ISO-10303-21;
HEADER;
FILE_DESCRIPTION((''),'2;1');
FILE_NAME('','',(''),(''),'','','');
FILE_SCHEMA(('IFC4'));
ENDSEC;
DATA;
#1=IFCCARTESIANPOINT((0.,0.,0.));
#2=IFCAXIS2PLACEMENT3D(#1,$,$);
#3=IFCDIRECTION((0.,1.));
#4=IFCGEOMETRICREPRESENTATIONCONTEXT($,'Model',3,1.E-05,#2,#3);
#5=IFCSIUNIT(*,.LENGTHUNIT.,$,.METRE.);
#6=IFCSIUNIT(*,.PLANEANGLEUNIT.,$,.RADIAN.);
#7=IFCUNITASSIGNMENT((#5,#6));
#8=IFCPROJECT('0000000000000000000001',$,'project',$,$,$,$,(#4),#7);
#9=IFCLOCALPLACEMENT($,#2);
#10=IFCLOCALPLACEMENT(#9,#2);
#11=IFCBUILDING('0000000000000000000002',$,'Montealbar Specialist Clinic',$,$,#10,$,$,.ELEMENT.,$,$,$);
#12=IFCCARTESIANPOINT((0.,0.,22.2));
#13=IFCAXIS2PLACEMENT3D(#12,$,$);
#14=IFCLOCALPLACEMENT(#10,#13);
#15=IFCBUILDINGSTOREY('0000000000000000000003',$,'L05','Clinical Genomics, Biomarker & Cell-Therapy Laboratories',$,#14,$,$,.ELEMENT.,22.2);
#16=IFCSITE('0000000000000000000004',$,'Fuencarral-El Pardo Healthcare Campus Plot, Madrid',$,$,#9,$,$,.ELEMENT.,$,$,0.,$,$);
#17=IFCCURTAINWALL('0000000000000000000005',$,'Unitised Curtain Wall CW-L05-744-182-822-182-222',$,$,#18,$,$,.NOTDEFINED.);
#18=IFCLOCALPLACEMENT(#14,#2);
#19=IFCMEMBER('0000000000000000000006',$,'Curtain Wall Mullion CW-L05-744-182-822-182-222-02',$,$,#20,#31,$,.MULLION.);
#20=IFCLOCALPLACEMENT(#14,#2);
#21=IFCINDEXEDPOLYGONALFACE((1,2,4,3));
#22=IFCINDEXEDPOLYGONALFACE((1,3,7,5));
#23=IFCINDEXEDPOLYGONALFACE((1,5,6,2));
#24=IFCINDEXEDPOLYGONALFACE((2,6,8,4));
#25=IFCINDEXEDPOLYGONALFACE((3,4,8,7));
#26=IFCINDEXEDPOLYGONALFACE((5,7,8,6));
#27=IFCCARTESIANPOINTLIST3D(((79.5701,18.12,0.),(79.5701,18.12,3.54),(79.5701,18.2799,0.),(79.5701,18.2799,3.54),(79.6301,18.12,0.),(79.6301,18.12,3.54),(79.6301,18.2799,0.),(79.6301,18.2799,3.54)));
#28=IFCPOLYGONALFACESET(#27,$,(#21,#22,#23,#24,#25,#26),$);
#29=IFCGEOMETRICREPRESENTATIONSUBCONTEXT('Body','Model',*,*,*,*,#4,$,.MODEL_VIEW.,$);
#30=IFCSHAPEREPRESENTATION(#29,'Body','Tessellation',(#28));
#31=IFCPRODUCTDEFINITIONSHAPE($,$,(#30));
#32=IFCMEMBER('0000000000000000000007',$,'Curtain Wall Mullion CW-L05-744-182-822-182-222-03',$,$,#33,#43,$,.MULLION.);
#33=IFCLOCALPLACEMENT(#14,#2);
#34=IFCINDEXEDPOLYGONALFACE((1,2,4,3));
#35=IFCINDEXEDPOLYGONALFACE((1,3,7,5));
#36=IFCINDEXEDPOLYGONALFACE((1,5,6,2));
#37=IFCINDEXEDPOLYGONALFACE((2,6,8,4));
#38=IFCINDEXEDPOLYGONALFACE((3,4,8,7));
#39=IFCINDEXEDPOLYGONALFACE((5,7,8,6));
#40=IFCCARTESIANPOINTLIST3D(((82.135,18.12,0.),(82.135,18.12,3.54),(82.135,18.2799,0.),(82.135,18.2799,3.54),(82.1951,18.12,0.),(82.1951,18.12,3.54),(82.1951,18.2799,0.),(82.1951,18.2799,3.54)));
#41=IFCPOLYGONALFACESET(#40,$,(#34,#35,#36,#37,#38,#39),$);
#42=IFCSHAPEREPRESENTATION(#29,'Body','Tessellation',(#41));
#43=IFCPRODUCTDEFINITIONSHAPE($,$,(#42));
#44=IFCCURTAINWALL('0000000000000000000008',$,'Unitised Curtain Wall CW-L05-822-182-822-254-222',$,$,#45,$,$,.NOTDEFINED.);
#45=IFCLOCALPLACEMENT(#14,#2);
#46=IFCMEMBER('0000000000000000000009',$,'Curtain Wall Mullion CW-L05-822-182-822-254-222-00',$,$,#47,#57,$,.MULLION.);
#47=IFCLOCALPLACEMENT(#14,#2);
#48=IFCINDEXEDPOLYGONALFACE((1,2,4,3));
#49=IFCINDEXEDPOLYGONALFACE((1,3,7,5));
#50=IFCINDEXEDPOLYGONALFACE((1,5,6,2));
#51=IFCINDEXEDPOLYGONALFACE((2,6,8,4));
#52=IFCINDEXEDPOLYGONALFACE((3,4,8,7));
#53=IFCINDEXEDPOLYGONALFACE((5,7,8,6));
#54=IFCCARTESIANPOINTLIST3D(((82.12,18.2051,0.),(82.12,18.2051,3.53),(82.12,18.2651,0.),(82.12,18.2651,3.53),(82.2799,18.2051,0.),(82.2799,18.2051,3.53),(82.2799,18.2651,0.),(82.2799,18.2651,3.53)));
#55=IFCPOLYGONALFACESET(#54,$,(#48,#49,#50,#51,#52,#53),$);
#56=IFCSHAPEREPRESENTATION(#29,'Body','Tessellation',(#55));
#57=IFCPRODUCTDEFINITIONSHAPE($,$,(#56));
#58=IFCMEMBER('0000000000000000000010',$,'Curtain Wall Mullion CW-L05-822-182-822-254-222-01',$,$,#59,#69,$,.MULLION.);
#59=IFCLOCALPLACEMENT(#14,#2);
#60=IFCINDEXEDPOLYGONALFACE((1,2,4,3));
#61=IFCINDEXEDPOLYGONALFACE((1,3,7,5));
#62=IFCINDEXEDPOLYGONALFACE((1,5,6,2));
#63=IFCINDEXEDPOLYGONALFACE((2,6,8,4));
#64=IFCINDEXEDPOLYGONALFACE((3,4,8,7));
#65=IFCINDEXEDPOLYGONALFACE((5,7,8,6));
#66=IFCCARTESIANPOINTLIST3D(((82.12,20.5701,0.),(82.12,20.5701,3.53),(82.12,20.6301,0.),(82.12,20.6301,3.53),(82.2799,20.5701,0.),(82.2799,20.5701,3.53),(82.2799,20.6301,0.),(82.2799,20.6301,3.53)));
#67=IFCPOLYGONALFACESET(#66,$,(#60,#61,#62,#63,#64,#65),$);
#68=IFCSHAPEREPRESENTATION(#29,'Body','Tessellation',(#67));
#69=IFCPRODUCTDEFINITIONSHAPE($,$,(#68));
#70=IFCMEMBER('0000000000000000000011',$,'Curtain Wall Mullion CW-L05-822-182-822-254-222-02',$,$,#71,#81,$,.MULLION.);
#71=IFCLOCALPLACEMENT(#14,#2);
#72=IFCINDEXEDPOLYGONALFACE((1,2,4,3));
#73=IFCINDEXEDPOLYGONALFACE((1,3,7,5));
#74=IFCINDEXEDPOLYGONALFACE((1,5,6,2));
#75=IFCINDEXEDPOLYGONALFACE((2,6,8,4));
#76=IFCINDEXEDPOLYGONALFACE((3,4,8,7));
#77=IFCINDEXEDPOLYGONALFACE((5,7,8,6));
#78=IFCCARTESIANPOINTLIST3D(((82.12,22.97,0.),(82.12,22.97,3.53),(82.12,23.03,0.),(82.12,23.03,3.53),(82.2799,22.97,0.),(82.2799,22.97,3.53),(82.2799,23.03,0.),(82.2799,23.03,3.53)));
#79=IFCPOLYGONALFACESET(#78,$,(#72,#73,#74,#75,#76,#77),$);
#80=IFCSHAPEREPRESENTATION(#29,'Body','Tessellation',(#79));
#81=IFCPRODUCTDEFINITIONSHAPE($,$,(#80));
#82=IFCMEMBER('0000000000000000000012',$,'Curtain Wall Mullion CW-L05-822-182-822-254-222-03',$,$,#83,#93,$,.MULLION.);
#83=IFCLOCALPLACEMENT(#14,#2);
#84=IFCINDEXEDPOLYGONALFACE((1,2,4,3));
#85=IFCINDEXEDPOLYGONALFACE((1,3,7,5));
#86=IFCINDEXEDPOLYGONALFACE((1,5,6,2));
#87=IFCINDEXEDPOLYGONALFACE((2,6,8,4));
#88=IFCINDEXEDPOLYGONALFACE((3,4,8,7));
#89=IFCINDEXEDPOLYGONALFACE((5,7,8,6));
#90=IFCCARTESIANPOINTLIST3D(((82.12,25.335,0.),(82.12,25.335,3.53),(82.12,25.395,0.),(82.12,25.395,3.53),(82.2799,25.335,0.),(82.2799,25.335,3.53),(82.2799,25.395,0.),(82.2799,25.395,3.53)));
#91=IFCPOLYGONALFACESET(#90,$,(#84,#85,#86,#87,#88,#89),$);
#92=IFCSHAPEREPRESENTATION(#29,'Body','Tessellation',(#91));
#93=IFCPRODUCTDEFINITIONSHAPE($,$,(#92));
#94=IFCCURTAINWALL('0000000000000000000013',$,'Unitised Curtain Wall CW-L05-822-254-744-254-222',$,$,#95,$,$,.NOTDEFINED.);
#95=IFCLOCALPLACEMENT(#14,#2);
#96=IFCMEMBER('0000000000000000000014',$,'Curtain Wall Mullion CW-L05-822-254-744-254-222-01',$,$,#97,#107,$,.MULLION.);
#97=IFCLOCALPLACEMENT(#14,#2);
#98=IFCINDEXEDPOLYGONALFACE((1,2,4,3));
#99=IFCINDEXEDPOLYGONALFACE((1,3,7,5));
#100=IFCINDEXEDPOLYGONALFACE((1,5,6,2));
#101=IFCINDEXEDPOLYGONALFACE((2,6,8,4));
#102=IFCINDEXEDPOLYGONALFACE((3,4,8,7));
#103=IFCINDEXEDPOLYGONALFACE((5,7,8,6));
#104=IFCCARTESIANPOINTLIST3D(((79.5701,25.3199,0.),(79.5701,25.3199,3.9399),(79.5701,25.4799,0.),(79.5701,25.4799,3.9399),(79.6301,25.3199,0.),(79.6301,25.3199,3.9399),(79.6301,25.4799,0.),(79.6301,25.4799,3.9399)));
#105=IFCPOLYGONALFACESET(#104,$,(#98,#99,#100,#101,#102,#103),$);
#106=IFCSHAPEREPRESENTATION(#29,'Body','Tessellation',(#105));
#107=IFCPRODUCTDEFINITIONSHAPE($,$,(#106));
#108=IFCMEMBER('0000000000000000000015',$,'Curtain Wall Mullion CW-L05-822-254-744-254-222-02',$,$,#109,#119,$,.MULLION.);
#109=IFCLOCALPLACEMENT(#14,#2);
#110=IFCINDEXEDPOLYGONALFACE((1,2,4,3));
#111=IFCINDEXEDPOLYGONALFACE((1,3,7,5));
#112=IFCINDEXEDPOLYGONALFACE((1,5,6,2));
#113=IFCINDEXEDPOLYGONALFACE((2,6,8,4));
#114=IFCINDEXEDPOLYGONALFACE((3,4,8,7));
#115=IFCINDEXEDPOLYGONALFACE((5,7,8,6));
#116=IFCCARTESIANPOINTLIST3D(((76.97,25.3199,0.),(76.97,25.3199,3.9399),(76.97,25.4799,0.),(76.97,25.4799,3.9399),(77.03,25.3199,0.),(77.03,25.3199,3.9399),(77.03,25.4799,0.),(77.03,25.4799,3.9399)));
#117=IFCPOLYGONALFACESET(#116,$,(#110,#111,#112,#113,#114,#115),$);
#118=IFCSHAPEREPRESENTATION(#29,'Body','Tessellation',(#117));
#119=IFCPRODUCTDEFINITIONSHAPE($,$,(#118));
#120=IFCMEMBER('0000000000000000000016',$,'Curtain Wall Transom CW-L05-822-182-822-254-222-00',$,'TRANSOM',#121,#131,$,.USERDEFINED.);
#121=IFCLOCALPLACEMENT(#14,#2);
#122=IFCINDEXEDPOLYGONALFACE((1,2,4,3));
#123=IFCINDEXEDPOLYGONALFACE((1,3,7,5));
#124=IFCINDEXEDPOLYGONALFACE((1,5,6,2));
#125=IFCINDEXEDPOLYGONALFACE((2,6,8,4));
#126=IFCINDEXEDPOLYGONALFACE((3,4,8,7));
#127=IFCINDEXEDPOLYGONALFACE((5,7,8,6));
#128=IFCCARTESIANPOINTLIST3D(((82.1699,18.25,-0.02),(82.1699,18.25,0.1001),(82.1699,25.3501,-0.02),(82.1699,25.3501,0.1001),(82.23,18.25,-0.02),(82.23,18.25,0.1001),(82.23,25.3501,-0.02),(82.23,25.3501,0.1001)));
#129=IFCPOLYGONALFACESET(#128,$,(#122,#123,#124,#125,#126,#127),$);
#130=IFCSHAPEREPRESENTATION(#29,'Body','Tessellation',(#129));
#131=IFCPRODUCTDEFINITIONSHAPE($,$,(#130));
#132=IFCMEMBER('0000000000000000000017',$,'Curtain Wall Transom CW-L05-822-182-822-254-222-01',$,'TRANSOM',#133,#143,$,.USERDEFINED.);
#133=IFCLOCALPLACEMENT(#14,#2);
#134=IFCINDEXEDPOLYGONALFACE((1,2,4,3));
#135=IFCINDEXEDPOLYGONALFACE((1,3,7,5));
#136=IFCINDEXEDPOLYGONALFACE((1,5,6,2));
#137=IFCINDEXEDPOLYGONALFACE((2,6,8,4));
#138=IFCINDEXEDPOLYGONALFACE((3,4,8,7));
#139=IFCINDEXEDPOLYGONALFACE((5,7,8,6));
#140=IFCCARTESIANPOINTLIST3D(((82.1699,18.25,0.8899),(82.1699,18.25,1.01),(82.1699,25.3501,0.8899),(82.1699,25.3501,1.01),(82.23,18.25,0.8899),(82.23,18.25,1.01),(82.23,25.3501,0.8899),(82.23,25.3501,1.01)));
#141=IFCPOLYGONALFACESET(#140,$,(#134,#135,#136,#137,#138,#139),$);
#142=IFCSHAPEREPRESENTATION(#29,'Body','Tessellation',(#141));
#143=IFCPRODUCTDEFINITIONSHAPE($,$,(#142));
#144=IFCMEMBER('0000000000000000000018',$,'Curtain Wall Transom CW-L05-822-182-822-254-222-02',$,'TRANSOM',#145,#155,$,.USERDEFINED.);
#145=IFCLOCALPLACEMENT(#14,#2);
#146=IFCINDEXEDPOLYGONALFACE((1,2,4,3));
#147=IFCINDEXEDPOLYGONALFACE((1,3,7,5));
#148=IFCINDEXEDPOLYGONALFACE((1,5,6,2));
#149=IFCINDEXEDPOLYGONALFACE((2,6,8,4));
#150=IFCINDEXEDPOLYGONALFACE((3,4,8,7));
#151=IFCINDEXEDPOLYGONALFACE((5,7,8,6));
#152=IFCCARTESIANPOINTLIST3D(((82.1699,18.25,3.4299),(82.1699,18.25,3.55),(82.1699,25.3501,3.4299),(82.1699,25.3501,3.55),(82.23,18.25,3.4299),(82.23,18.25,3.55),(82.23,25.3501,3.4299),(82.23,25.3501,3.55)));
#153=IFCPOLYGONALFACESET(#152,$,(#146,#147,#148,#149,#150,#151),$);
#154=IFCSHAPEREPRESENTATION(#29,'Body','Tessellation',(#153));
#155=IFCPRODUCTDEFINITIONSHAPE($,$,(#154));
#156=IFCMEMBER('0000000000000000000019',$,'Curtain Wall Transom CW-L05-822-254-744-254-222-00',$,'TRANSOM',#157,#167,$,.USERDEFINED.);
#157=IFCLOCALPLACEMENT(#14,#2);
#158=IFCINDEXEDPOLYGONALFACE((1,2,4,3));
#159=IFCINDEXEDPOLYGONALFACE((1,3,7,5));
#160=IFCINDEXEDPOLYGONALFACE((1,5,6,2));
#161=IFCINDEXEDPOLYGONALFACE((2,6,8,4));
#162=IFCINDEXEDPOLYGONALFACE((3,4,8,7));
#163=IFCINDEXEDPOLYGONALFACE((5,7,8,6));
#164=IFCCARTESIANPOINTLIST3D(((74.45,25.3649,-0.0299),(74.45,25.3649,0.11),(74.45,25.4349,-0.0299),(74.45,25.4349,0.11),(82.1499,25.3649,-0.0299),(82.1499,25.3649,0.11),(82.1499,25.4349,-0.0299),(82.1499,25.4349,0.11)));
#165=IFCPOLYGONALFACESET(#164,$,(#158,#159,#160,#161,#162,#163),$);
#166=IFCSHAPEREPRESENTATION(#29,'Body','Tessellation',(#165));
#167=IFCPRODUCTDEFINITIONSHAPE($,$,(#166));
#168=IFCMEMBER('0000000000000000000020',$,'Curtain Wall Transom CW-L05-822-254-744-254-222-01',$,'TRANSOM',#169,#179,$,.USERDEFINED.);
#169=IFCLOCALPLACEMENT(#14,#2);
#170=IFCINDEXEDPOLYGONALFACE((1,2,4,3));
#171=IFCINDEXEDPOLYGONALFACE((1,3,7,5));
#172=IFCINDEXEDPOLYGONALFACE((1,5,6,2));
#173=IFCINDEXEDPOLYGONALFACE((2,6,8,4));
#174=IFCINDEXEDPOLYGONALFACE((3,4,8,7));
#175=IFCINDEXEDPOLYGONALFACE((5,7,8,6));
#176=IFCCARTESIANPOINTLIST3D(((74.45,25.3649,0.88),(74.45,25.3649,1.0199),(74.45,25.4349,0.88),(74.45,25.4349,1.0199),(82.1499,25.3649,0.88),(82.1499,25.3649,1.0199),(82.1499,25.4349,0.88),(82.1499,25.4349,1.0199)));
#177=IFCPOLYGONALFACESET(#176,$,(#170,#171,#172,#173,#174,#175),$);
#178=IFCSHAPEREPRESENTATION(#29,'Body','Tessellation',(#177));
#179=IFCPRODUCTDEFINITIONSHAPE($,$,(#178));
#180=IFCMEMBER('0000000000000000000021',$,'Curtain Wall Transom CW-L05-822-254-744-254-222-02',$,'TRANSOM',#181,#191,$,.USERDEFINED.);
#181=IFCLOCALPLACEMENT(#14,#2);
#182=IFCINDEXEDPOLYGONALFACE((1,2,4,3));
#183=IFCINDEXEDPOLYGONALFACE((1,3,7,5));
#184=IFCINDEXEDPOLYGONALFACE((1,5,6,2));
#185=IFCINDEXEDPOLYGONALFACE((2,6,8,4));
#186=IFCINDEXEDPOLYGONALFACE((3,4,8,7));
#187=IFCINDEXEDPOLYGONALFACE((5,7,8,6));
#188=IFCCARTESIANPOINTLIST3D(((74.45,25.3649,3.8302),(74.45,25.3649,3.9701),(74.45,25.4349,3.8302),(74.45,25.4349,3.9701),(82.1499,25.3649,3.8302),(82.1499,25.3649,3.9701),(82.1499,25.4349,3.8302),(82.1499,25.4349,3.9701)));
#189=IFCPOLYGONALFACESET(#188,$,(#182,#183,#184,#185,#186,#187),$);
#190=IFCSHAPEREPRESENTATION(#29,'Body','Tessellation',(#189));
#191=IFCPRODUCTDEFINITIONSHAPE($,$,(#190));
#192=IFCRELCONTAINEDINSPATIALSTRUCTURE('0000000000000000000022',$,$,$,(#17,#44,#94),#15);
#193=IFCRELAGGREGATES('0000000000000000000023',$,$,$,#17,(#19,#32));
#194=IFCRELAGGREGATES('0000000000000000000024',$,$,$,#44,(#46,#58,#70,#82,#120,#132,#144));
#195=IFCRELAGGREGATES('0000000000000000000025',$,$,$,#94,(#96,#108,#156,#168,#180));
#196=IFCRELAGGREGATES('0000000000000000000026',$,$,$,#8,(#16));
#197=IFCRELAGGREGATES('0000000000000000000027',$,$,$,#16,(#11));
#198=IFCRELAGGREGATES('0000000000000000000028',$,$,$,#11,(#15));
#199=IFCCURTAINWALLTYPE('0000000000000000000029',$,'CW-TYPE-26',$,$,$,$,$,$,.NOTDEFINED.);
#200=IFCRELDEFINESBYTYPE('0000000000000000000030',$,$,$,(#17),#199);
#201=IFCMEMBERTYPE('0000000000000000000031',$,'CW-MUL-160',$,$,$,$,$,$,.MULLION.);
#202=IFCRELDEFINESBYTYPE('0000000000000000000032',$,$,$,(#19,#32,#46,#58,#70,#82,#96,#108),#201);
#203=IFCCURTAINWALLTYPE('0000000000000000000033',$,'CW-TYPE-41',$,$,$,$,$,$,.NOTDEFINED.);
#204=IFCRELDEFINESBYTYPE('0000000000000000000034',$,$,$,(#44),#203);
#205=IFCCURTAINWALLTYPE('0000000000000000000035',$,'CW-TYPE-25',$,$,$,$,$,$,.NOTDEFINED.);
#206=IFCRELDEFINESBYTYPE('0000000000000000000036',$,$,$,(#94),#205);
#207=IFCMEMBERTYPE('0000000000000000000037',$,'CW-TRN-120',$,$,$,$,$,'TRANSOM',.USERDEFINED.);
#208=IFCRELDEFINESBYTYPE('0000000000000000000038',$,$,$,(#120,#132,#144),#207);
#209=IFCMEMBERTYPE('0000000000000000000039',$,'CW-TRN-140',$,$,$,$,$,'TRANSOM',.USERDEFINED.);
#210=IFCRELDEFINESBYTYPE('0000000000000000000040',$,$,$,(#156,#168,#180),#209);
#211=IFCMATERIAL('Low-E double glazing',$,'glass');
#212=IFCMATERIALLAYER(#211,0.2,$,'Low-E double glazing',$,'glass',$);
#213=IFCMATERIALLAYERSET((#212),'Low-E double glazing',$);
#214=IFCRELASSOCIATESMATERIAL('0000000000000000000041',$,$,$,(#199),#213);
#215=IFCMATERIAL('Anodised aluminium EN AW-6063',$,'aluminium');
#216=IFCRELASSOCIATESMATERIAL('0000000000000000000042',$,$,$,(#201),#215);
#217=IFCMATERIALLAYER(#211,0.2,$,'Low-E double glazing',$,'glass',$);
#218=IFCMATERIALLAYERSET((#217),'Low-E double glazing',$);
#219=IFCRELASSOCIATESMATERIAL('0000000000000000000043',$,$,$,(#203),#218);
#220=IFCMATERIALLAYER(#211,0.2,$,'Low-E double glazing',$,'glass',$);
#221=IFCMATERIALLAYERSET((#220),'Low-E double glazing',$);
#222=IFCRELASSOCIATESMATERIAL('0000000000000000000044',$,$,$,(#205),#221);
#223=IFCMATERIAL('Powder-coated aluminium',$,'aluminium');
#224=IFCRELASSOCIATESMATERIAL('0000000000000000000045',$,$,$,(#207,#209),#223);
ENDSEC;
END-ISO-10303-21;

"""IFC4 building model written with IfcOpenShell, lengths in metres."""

from ifc_helpers import new_model, si_unit, direction, frame, origin, origin_2d, place, context, subcontext, project, spatial, rectangle, extrude, material, layer, layer_set, material_profile, profile_set, type_object, element, aggregate, save


model = new_model("IFC4")

# Units and contexts
model_context = context("Model", 3, precision=1e-05, world=origin(), true_north=direction((0.0, 1.0)))
body_context = subcontext(model_context, "Body", "Model", "MODEL_VIEW")
ifc_project = project(units=[si_unit("LENGTHUNIT", "METRE"), si_unit("PLANEANGLEUNIT", "RADIAN")], contexts=[model_context])

# Site, building, storey
site_placement = place(None, origin())
site = spatial("IfcSite", under=ifc_project, at=site_placement, Name="Fuencarral-El Pardo Healthcare Campus Plot, Madrid", CompositionType="ELEMENT", RefElevation=0.0)
building_placement = place(site_placement, origin())
building = spatial("IfcBuilding", under=site, at=building_placement, Name="Montealbar Specialist Clinic", CompositionType="ELEMENT")
storey_placement = place(building_placement, frame((0.0, 0.0, 22.2)))
storey = spatial("IfcBuildingStorey", under=building, at=storey_placement, Name="L05", Description="Clinical Genomics, Biomarker & Cell-Therapy Laboratories", CompositionType="ELEMENT", Elevation=22.2)

# Curtain walls, members
ifc_material_1 = material(Name="Low-E double glazing", Category="glass")
ifc_layer_1 = layer(ifc_material_1, 0.2, Name="Low-E double glazing", Category="glass")
ifc_layer_set_1 = layer_set([ifc_layer_1], Name="Low-E double glazing")
curtain_wall_type_1 = type_object("IfcCurtainWallType", Name="CW-TYPE-26", PredefinedType="NOTDEFINED", material=ifc_layer_set_1)
curtain_wall_1_placement = place(storey_placement, origin())
curtain_wall_1 = element("IfcCurtainWall", 1, at=curtain_wall_1_placement, inside=storey, type_object=curtain_wall_type_1, Name="Unitised Curtain Wall CW-L05-744-182-822-182-222", PredefinedType="NOTDEFINED")
ifc_material_2 = material(Name="Anodised aluminium EN AW-6063", Category="aluminium")
ifc_material_profile_1 = material_profile(ifc_material_2, rectangle(XDim=0.0601, YDim=0.1599, at=origin_2d()), Name="ALU 60x160", Category="aluminium")
ifc_profile_set_1 = profile_set([ifc_material_profile_1], Name="Anodised aluminium EN AW-6063")
member_type_1 = type_object("IfcMemberType", Name="CW-MUL-160", PredefinedType="MULLION", material=ifc_profile_set_1)
member_1_placement = place(storey_placement, frame((79.6001, 18.2, 0.0), z_axis=(0.0, 0.0, 1.0), x_axis=(1.0, 0.0, 0.0)))
member_1 = element("IfcMember", 2, at=member_1_placement, type_object=member_type_1, Name="Curtain Wall Mullion CW-L05-744-182-822-182-222-02", PredefinedType="MULLION", context=body_context, shape_type="SweptSolid", body=[
    extrude(rectangle(XDim=0.0601, YDim=0.1599, at=origin_2d()), origin(), (0.0, 0.0, 1.0), 3.54),
])
member_2_placement = place(storey_placement, frame((82.165, 18.2, 0.0), z_axis=(0.0, 0.0, 1.0), x_axis=(1.0, 0.0, 0.0)))
member_2 = element("IfcMember", 3, at=member_2_placement, type_object=member_type_1, Name="Curtain Wall Mullion CW-L05-744-182-822-182-222-03", PredefinedType="MULLION", context=body_context, shape_type="SweptSolid", body=[
    extrude(rectangle(XDim=0.0601, YDim=0.1599, at=origin_2d()), origin(), (0.0, 0.0, 1.0), 3.54),
])
ifc_layer_2 = layer(ifc_material_1, 0.2, Name="Low-E double glazing", Category="glass")
ifc_layer_set_2 = layer_set([ifc_layer_2], Name="Low-E double glazing")
curtain_wall_type_2 = type_object("IfcCurtainWallType", Name="CW-TYPE-41", PredefinedType="NOTDEFINED", material=ifc_layer_set_2)
curtain_wall_2_placement = place(storey_placement, origin())
curtain_wall_2 = element("IfcCurtainWall", 4, at=curtain_wall_2_placement, inside=storey, type_object=curtain_wall_type_2, Name="Unitised Curtain Wall CW-L05-822-182-822-254-222", PredefinedType="NOTDEFINED")
member_3_placement = place(storey_placement, frame((82.2, 18.2351, 0.0), z_axis=(0.0, 0.0, 1.0), x_axis=(0.0, 1.0, 0.0)))
member_3 = element("IfcMember", 5, at=member_3_placement, type_object=member_type_1, Name="Curtain Wall Mullion CW-L05-822-182-822-254-222-00", PredefinedType="MULLION", context=body_context, shape_type="SweptSolid", body=[
    extrude(rectangle(XDim=0.0601, YDim=0.1599, at=origin_2d()), origin(), (0.0, 0.0, 1.0), 3.53),
])
member_4_placement = place(storey_placement, frame((82.2, 20.6001, 0.0), z_axis=(0.0, 0.0, 1.0), x_axis=(0.0, 1.0, 0.0)))
member_4 = element("IfcMember", 6, at=member_4_placement, type_object=member_type_1, Name="Curtain Wall Mullion CW-L05-822-182-822-254-222-01", PredefinedType="MULLION", context=body_context, shape_type="SweptSolid", body=[
    extrude(rectangle(XDim=0.0601, YDim=0.1599, at=origin_2d()), origin(), (0.0, 0.0, 1.0), 3.53),
])
member_5_placement = place(storey_placement, frame((82.2, 23.0, 0.0), z_axis=(0.0, 0.0, 1.0), x_axis=(0.0, 1.0, 0.0)))
member_5 = element("IfcMember", 7, at=member_5_placement, type_object=member_type_1, Name="Curtain Wall Mullion CW-L05-822-182-822-254-222-02", PredefinedType="MULLION", context=body_context, shape_type="SweptSolid", body=[
    extrude(rectangle(XDim=0.0601, YDim=0.1599, at=origin_2d()), origin(), (0.0, 0.0, 1.0), 3.53),
])
member_6_placement = place(storey_placement, frame((82.2, 25.365, 0.0), z_axis=(0.0, 0.0, 1.0), x_axis=(0.0, 1.0, 0.0)))
member_6 = element("IfcMember", 8, at=member_6_placement, type_object=member_type_1, Name="Curtain Wall Mullion CW-L05-822-182-822-254-222-03", PredefinedType="MULLION", context=body_context, shape_type="SweptSolid", body=[
    extrude(rectangle(XDim=0.0601, YDim=0.1599, at=origin_2d()), origin(), (0.0, 0.0, 1.0), 3.53),
])
ifc_layer_3 = layer(ifc_material_1, 0.2, Name="Low-E double glazing", Category="glass")
ifc_layer_set_3 = layer_set([ifc_layer_3], Name="Low-E double glazing")
curtain_wall_type_3 = type_object("IfcCurtainWallType", Name="CW-TYPE-25", PredefinedType="NOTDEFINED", material=ifc_layer_set_3)
curtain_wall_3_placement = place(storey_placement, origin())
curtain_wall_3 = element("IfcCurtainWall", 9, at=curtain_wall_3_placement, inside=storey, type_object=curtain_wall_type_3, Name="Unitised Curtain Wall CW-L05-822-254-744-254-222", PredefinedType="NOTDEFINED")
member_7_placement = place(storey_placement, frame((79.6001, 25.3999, 0.0), z_axis=(0.0, 0.0, 1.0), x_axis=(-1.0, 0.0, 0.0)))
member_7 = element("IfcMember", 10, at=member_7_placement, type_object=member_type_1, Name="Curtain Wall Mullion CW-L05-822-254-744-254-222-01", PredefinedType="MULLION", context=body_context, shape_type="SweptSolid", body=[
    extrude(rectangle(XDim=0.0601, YDim=0.1599, at=origin_2d()), origin(), (0.0, 0.0, 1.0), 3.9399),
])
member_8_placement = place(storey_placement, frame((77.0, 25.3999, 0.0), z_axis=(0.0, 0.0, 1.0), x_axis=(-1.0, 0.0, 0.0)))
member_8 = element("IfcMember", 11, at=member_8_placement, type_object=member_type_1, Name="Curtain Wall Mullion CW-L05-822-254-744-254-222-02", PredefinedType="MULLION", context=body_context, shape_type="SweptSolid", body=[
    extrude(rectangle(XDim=0.0601, YDim=0.1599, at=origin_2d()), origin(), (0.0, 0.0, 1.0), 3.9399),
])

# Members
ifc_material_3 = material(Name="Powder-coated aluminium", Category="aluminium")
ifc_material_profile_2 = material_profile(ifc_material_3, rectangle(XDim=0.0601, YDim=0.1201, at=origin_2d()), Name="ALU 60x120", Category="aluminium")
ifc_profile_set_2 = profile_set([ifc_material_profile_2], Name="Powder-coated aluminium")
member_type_2 = type_object("IfcMemberType", Name="CW-TRN-120", ElementType="TRANSOM", PredefinedType="USERDEFINED", material=ifc_profile_set_2)
member_9_placement = place(storey_placement, frame((82.2, 18.25, 0.04), z_axis=(0.0, 1.0, 0.0), x_axis=(-1.0, 0.0, 0.0)))
member_9 = element("IfcMember", 12, at=member_9_placement, type_object=member_type_2, Name="Curtain Wall Transom CW-L05-822-182-822-254-222-00", ObjectType="TRANSOM", PredefinedType="USERDEFINED", context=body_context, shape_type="SweptSolid", body=[
    extrude(rectangle(XDim=0.0601, YDim=0.1201, at=origin_2d()), origin(), (0.0, 0.0, 1.0), 7.1001),
])
member_10_placement = place(storey_placement, frame((82.2, 18.25, 0.95), z_axis=(0.0, 1.0, 0.0), x_axis=(-1.0, 0.0, 0.0)))
member_10 = element("IfcMember", 13, at=member_10_placement, type_object=member_type_2, Name="Curtain Wall Transom CW-L05-822-182-822-254-222-01", ObjectType="TRANSOM", PredefinedType="USERDEFINED", context=body_context, shape_type="SweptSolid", body=[
    extrude(rectangle(XDim=0.0601, YDim=0.1201, at=origin_2d()), origin(), (0.0, 0.0, 1.0), 7.1001),
])
member_11_placement = place(storey_placement, frame((82.2, 18.25, 3.49), z_axis=(0.0, 1.0, 0.0), x_axis=(-1.0, 0.0, 0.0)))
member_11 = element("IfcMember", 14, at=member_11_placement, type_object=member_type_2, Name="Curtain Wall Transom CW-L05-822-182-822-254-222-02", ObjectType="TRANSOM", PredefinedType="USERDEFINED", context=body_context, shape_type="SweptSolid", body=[
    extrude(rectangle(XDim=0.0601, YDim=0.1201, at=origin_2d()), origin(), (0.0, 0.0, 1.0), 7.1001),
])
ifc_material_profile_3 = material_profile(ifc_material_3, rectangle(XDim=0.0701, YDim=0.1399, at=origin_2d()), Name="ALU 70x140", Category="aluminium")
ifc_profile_set_3 = profile_set([ifc_material_profile_3], Name="Powder-coated aluminium")
member_type_3 = type_object("IfcMemberType", Name="CW-TRN-140", ElementType="TRANSOM", PredefinedType="USERDEFINED", material=ifc_profile_set_3)
member_12_placement = place(storey_placement, frame((82.1499, 25.3999, 0.04), z_axis=(-1.0, 0.0, 0.0), x_axis=(0.0, -1.0, 0.0)))
member_12 = element("IfcMember", 15, at=member_12_placement, type_object=member_type_3, Name="Curtain Wall Transom CW-L05-822-254-744-254-222-00", ObjectType="TRANSOM", PredefinedType="USERDEFINED", context=body_context, shape_type="SweptSolid", body=[
    extrude(rectangle(XDim=0.0701, YDim=0.1399, at=origin_2d()), origin(), (0.0, 0.0, 1.0), 7.7),
])
member_13_placement = place(storey_placement, frame((82.1499, 25.3999, 0.95), z_axis=(-1.0, 0.0, 0.0), x_axis=(0.0, -1.0, 0.0)))
member_13 = element("IfcMember", 16, at=member_13_placement, type_object=member_type_3, Name="Curtain Wall Transom CW-L05-822-254-744-254-222-01", ObjectType="TRANSOM", PredefinedType="USERDEFINED", context=body_context, shape_type="SweptSolid", body=[
    extrude(rectangle(XDim=0.0701, YDim=0.1399, at=origin_2d()), origin(), (0.0, 0.0, 1.0), 7.7),
])
member_14_placement = place(storey_placement, frame((82.1499, 25.3999, 3.9001), z_axis=(-1.0, 0.0, 0.0), x_axis=(0.0, -1.0, 0.0)))
member_14 = element("IfcMember", 17, at=member_14_placement, type_object=member_type_3, Name="Curtain Wall Transom CW-L05-822-254-744-254-222-02", ObjectType="TRANSOM", PredefinedType="USERDEFINED", context=body_context, shape_type="SweptSolid", body=[
    extrude(rectangle(XDim=0.0701, YDim=0.1399, at=origin_2d()), origin(), (0.0, 0.0, 1.0), 7.7),
])

aggregate(curtain_wall_1, [member_1, member_2])
aggregate(curtain_wall_2, [member_3, member_4, member_5, member_6, member_9, member_10, member_11])
aggregate(curtain_wall_3, [member_7, member_8, member_12, member_13, member_14])

save(model, "model.ifc")
